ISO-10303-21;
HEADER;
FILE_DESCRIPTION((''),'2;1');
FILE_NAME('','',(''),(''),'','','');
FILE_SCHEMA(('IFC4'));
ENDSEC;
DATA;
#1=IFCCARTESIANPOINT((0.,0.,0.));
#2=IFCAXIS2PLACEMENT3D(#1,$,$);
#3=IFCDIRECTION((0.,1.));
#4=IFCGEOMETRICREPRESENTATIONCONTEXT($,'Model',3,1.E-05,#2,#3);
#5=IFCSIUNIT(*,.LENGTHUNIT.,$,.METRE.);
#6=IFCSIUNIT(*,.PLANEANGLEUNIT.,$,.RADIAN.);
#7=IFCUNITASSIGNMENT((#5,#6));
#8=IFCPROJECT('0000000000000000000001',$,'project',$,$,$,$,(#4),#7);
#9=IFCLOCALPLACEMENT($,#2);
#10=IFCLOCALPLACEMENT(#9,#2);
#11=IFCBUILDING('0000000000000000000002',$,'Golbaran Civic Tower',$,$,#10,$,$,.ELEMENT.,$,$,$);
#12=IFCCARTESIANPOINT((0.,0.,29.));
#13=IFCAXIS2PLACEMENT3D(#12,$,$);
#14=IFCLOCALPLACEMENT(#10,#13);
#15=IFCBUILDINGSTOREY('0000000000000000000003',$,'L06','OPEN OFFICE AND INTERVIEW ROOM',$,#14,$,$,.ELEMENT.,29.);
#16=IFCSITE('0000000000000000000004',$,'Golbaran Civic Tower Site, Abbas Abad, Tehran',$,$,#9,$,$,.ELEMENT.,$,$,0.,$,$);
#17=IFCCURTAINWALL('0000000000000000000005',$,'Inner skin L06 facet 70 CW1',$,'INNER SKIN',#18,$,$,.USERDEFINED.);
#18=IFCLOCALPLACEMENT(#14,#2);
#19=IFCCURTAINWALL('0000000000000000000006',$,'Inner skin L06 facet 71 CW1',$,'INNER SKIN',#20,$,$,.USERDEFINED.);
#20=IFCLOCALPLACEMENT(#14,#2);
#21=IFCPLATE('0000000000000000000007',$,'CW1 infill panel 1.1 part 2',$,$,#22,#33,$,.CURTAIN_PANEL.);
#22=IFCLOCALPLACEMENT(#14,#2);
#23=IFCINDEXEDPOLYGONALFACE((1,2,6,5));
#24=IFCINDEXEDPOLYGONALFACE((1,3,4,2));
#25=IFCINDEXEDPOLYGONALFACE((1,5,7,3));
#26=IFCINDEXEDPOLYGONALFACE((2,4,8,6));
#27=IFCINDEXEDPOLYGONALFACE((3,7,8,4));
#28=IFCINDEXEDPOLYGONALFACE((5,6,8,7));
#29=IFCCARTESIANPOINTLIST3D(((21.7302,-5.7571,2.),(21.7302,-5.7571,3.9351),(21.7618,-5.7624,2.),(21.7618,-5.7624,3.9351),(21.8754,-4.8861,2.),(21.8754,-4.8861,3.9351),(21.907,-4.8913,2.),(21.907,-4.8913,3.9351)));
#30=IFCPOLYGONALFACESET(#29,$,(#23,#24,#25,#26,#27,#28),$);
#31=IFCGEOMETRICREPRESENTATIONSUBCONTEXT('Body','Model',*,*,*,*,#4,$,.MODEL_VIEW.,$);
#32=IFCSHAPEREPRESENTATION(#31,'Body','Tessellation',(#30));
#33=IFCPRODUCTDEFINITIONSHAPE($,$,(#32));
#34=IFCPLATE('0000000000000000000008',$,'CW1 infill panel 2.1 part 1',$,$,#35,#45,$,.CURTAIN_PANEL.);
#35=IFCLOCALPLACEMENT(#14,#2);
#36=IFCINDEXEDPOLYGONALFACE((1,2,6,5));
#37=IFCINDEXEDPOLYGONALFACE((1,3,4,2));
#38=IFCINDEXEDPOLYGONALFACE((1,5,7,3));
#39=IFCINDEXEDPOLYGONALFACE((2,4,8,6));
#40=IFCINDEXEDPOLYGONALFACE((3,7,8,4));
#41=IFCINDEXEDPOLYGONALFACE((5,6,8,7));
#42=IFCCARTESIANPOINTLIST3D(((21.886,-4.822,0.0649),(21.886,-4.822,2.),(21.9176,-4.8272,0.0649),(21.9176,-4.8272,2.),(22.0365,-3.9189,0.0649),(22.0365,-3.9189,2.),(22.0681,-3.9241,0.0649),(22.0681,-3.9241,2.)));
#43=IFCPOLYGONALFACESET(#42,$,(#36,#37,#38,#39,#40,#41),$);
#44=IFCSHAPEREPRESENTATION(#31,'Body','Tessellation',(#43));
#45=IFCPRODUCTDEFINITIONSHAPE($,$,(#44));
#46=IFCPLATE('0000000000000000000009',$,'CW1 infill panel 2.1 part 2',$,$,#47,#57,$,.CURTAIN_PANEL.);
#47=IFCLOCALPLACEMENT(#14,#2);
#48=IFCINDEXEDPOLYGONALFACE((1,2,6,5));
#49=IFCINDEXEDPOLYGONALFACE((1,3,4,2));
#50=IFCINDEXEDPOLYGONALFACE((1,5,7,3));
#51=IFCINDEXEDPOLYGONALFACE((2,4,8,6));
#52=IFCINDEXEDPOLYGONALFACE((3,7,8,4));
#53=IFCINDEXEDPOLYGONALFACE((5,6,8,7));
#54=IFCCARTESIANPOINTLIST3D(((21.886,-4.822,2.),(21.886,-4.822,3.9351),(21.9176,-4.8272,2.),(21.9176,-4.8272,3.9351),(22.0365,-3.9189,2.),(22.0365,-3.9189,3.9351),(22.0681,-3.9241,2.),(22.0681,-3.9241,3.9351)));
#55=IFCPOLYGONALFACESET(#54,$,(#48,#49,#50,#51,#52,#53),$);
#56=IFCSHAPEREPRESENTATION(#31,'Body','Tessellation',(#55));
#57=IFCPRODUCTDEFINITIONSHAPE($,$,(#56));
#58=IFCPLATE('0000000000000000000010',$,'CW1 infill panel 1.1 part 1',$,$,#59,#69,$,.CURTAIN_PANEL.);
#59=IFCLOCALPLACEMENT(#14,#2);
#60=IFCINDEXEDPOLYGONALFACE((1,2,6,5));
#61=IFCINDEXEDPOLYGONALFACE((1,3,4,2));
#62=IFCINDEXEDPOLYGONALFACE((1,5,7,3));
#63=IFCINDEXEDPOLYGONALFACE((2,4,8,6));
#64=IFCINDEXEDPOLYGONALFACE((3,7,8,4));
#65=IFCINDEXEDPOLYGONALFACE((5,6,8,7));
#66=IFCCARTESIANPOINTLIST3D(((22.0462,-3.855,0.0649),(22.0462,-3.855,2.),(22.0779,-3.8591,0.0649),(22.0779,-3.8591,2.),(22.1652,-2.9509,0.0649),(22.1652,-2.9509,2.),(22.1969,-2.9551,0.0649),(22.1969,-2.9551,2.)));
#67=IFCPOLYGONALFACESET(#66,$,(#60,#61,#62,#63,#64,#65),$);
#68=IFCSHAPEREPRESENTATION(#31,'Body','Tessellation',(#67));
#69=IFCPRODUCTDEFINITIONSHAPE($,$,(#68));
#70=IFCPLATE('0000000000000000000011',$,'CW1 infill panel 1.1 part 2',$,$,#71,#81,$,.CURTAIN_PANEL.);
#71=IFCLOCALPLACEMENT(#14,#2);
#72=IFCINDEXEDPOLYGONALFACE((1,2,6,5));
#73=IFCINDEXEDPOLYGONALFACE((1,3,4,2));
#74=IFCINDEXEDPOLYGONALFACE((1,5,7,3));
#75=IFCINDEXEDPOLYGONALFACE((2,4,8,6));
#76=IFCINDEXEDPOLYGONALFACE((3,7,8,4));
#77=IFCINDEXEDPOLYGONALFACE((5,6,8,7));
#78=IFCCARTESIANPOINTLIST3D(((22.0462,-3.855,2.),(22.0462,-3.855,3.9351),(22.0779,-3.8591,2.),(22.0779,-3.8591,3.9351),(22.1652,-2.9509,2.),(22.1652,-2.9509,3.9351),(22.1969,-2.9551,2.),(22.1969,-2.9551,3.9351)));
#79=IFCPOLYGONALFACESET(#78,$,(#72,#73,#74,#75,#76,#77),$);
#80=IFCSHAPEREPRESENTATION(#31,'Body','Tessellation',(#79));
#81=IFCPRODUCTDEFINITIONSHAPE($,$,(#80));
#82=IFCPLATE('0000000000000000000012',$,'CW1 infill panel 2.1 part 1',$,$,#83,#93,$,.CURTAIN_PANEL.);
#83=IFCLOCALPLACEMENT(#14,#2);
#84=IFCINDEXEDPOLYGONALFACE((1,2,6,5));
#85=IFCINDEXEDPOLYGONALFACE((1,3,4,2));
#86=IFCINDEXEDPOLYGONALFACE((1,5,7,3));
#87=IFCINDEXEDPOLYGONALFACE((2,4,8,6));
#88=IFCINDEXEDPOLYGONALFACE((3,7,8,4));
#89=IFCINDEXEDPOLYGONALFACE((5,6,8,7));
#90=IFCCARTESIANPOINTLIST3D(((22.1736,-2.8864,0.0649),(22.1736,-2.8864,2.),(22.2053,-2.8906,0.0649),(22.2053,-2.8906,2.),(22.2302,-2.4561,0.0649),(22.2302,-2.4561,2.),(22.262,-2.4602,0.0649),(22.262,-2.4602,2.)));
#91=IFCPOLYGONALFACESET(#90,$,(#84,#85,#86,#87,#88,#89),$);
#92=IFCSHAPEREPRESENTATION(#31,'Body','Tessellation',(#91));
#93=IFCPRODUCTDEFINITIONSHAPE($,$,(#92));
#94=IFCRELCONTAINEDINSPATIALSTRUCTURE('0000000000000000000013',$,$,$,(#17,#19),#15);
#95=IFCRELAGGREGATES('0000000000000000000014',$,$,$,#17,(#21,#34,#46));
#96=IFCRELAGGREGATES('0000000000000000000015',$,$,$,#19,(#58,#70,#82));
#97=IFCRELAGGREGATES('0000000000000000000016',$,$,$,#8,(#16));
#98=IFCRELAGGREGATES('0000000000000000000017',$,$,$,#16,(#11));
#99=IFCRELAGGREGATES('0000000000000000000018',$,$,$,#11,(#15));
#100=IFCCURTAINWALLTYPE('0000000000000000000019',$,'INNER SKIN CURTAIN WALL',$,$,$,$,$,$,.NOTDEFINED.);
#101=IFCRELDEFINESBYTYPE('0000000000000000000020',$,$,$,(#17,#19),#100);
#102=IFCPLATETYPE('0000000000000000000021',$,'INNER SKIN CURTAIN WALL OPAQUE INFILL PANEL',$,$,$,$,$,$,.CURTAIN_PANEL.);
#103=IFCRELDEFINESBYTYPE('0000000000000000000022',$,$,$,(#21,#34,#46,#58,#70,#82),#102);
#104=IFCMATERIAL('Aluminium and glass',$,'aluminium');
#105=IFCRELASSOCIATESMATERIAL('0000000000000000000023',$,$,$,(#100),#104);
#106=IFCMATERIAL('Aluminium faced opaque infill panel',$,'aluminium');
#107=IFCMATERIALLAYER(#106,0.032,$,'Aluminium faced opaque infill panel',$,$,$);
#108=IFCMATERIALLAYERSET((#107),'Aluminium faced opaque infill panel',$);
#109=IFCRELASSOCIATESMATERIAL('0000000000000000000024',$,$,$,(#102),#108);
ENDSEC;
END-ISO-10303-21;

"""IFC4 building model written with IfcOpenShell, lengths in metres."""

from ifc_helpers import new_model, si_unit, direction, frame, origin, origin_2d, place, context, subcontext, project, spatial, rectangle, extrude, material, layer, layer_set, type_object, element, aggregate, save


model = new_model("IFC4")

# Units and contexts
model_context = context("Model", 3, precision=1e-05, world=origin(), true_north=direction((0.0, 1.0)))
body_context = subcontext(model_context, "Body", "Model", "MODEL_VIEW")
ifc_project = project(units=[si_unit("LENGTHUNIT", "METRE"), si_unit("PLANEANGLEUNIT", "RADIAN")], contexts=[model_context])

# Site, building, storey
site_placement = place(None, origin())
site = spatial("IfcSite", under=ifc_project, at=site_placement, Name="Golbaran Civic Tower Site, Abbas Abad, Tehran", CompositionType="ELEMENT", RefElevation=0.0)
building_placement = place(site_placement, origin())
building = spatial("IfcBuilding", under=site, at=building_placement, Name="Golbaran Civic Tower", CompositionType="ELEMENT")
storey_placement = place(building_placement, frame((0.0, 0.0, 29.0)))
storey = spatial("IfcBuildingStorey", under=building, at=storey_placement, Name="L06", Description="OPEN OFFICE AND INTERVIEW ROOM", CompositionType="ELEMENT", Elevation=29.0)

# Curtain walls
ifc_material_1 = material(Name="Aluminium and glass", Category="aluminium")
curtain_wall_type = type_object("IfcCurtainWallType", Name="INNER SKIN CURTAIN WALL", PredefinedType="NOTDEFINED", material=ifc_material_1)
curtain_wall_1_placement = place(storey_placement, origin())
curtain_wall_1 = element("IfcCurtainWall", 1, at=curtain_wall_1_placement, inside=storey, type_object=curtain_wall_type, Name="Inner skin L06 facet 70 CW1", ObjectType="INNER SKIN", PredefinedType="USERDEFINED")
curtain_wall_2_placement = place(storey_placement, origin())
curtain_wall_2 = element("IfcCurtainWall", 2, at=curtain_wall_2_placement, inside=storey, type_object=curtain_wall_type, Name="Inner skin L06 facet 71 CW1", ObjectType="INNER SKIN", PredefinedType="USERDEFINED")

# Plates
ifc_material_2 = material(Name="Aluminium faced opaque infill panel", Category="aluminium")
ifc_layer_1 = layer(ifc_material_2, 0.032, Name="Aluminium faced opaque infill panel")
ifc_layer_set_1 = layer_set([ifc_layer_1], Name="Aluminium faced opaque infill panel")
plate_type_1 = type_object("IfcPlateType", Name="INNER SKIN CURTAIN WALL OPAQUE INFILL PANEL", PredefinedType="CURTAIN_PANEL", material=ifc_layer_set_1)
plate_1_placement = place(storey_placement, frame((21.8186, -5.3242, 2.0), z_axis=(0.0, 0.0, 1.0), x_axis=(0.164415, 0.986391, 0.0)))
plate_1 = element("IfcPlate", 3, at=plate_1_placement, type_object=plate_type_1, Name="CW1 infill panel 1.1 part 2", PredefinedType="CURTAIN_PANEL", context=body_context, shape_type="SweptSolid", body=[
    extrude(rectangle(XDim=0.8831, YDim=0.032, at=origin_2d()), origin(), (0.0, 0.0, 1.0), 1.9351),
])
plate_2_placement = place(storey_placement, frame((21.9771, -4.373, 0.0649), z_axis=(0.0, 0.0, 1.0), x_axis=(0.164415, 0.986391, 0.0)))
plate_2 = element("IfcPlate", 4, at=plate_2_placement, type_object=plate_type_1, Name="CW1 infill panel 2.1 part 1", PredefinedType="CURTAIN_PANEL", context=body_context, shape_type="SweptSolid", body=[
    extrude(rectangle(XDim=0.9155, YDim=0.032, at=origin_2d()), origin(), (0.0, 0.0, 1.0), 1.9351),
])
plate_3_placement = place(storey_placement, frame((21.9771, -4.373, 2.0), z_axis=(0.0, 0.0, 1.0), x_axis=(0.164415, 0.986391, 0.0)))
plate_3 = element("IfcPlate", 5, at=plate_3_placement, type_object=plate_type_1, Name="CW1 infill panel 2.1 part 2", PredefinedType="CURTAIN_PANEL", context=body_context, shape_type="SweptSolid", body=[
    extrude(rectangle(XDim=0.9155, YDim=0.032, at=origin_2d()), origin(), (0.0, 0.0, 1.0), 1.9351),
])
aggregate(curtain_wall_1, [plate_1, plate_2, plate_3])
plate_4_placement = place(storey_placement, frame((22.1216, -3.405, 0.0649), z_axis=(0.0, 0.0, 1.0), x_axis=(0.130526, 0.991445, 0.0)))
plate_4 = element("IfcPlate", 6, at=plate_4_placement, type_object=plate_type_1, Name="CW1 infill panel 1.1 part 1", PredefinedType="CURTAIN_PANEL", context=body_context, shape_type="SweptSolid", body=[
    extrude(rectangle(XDim=0.9119, YDim=0.032, at=origin_2d()), origin(), (0.0, 0.0, 1.0), 1.9351),
])
plate_5_placement = place(storey_placement, frame((22.1216, -3.405, 2.0), z_axis=(0.0, 0.0, 1.0), x_axis=(0.130526, 0.991445, 0.0)))
plate_5 = element("IfcPlate", 7, at=plate_5_placement, type_object=plate_type_1, Name="CW1 infill panel 1.1 part 2", PredefinedType="CURTAIN_PANEL", context=body_context, shape_type="SweptSolid", body=[
    extrude(rectangle(XDim=0.9119, YDim=0.032, at=origin_2d()), origin(), (0.0, 0.0, 1.0), 1.9351),
])
plate_6_placement = place(storey_placement, frame((22.2178, -2.6733, 0.0649), z_axis=(0.0, 0.0, 1.0), x_axis=(0.130526, 0.991445, 0.0)))
plate_6 = element("IfcPlate", 8, at=plate_6_placement, type_object=plate_type_1, Name="CW1 infill panel 2.1 part 1", PredefinedType="CURTAIN_PANEL", context=body_context, shape_type="SweptSolid", body=[
    extrude(rectangle(XDim=0.4341, YDim=0.032, at=origin_2d()), origin(), (0.0, 0.0, 1.0), 1.9351),
])
aggregate(curtain_wall_2, [plate_4, plate_5, plate_6])

save(model, "model.ifc")
